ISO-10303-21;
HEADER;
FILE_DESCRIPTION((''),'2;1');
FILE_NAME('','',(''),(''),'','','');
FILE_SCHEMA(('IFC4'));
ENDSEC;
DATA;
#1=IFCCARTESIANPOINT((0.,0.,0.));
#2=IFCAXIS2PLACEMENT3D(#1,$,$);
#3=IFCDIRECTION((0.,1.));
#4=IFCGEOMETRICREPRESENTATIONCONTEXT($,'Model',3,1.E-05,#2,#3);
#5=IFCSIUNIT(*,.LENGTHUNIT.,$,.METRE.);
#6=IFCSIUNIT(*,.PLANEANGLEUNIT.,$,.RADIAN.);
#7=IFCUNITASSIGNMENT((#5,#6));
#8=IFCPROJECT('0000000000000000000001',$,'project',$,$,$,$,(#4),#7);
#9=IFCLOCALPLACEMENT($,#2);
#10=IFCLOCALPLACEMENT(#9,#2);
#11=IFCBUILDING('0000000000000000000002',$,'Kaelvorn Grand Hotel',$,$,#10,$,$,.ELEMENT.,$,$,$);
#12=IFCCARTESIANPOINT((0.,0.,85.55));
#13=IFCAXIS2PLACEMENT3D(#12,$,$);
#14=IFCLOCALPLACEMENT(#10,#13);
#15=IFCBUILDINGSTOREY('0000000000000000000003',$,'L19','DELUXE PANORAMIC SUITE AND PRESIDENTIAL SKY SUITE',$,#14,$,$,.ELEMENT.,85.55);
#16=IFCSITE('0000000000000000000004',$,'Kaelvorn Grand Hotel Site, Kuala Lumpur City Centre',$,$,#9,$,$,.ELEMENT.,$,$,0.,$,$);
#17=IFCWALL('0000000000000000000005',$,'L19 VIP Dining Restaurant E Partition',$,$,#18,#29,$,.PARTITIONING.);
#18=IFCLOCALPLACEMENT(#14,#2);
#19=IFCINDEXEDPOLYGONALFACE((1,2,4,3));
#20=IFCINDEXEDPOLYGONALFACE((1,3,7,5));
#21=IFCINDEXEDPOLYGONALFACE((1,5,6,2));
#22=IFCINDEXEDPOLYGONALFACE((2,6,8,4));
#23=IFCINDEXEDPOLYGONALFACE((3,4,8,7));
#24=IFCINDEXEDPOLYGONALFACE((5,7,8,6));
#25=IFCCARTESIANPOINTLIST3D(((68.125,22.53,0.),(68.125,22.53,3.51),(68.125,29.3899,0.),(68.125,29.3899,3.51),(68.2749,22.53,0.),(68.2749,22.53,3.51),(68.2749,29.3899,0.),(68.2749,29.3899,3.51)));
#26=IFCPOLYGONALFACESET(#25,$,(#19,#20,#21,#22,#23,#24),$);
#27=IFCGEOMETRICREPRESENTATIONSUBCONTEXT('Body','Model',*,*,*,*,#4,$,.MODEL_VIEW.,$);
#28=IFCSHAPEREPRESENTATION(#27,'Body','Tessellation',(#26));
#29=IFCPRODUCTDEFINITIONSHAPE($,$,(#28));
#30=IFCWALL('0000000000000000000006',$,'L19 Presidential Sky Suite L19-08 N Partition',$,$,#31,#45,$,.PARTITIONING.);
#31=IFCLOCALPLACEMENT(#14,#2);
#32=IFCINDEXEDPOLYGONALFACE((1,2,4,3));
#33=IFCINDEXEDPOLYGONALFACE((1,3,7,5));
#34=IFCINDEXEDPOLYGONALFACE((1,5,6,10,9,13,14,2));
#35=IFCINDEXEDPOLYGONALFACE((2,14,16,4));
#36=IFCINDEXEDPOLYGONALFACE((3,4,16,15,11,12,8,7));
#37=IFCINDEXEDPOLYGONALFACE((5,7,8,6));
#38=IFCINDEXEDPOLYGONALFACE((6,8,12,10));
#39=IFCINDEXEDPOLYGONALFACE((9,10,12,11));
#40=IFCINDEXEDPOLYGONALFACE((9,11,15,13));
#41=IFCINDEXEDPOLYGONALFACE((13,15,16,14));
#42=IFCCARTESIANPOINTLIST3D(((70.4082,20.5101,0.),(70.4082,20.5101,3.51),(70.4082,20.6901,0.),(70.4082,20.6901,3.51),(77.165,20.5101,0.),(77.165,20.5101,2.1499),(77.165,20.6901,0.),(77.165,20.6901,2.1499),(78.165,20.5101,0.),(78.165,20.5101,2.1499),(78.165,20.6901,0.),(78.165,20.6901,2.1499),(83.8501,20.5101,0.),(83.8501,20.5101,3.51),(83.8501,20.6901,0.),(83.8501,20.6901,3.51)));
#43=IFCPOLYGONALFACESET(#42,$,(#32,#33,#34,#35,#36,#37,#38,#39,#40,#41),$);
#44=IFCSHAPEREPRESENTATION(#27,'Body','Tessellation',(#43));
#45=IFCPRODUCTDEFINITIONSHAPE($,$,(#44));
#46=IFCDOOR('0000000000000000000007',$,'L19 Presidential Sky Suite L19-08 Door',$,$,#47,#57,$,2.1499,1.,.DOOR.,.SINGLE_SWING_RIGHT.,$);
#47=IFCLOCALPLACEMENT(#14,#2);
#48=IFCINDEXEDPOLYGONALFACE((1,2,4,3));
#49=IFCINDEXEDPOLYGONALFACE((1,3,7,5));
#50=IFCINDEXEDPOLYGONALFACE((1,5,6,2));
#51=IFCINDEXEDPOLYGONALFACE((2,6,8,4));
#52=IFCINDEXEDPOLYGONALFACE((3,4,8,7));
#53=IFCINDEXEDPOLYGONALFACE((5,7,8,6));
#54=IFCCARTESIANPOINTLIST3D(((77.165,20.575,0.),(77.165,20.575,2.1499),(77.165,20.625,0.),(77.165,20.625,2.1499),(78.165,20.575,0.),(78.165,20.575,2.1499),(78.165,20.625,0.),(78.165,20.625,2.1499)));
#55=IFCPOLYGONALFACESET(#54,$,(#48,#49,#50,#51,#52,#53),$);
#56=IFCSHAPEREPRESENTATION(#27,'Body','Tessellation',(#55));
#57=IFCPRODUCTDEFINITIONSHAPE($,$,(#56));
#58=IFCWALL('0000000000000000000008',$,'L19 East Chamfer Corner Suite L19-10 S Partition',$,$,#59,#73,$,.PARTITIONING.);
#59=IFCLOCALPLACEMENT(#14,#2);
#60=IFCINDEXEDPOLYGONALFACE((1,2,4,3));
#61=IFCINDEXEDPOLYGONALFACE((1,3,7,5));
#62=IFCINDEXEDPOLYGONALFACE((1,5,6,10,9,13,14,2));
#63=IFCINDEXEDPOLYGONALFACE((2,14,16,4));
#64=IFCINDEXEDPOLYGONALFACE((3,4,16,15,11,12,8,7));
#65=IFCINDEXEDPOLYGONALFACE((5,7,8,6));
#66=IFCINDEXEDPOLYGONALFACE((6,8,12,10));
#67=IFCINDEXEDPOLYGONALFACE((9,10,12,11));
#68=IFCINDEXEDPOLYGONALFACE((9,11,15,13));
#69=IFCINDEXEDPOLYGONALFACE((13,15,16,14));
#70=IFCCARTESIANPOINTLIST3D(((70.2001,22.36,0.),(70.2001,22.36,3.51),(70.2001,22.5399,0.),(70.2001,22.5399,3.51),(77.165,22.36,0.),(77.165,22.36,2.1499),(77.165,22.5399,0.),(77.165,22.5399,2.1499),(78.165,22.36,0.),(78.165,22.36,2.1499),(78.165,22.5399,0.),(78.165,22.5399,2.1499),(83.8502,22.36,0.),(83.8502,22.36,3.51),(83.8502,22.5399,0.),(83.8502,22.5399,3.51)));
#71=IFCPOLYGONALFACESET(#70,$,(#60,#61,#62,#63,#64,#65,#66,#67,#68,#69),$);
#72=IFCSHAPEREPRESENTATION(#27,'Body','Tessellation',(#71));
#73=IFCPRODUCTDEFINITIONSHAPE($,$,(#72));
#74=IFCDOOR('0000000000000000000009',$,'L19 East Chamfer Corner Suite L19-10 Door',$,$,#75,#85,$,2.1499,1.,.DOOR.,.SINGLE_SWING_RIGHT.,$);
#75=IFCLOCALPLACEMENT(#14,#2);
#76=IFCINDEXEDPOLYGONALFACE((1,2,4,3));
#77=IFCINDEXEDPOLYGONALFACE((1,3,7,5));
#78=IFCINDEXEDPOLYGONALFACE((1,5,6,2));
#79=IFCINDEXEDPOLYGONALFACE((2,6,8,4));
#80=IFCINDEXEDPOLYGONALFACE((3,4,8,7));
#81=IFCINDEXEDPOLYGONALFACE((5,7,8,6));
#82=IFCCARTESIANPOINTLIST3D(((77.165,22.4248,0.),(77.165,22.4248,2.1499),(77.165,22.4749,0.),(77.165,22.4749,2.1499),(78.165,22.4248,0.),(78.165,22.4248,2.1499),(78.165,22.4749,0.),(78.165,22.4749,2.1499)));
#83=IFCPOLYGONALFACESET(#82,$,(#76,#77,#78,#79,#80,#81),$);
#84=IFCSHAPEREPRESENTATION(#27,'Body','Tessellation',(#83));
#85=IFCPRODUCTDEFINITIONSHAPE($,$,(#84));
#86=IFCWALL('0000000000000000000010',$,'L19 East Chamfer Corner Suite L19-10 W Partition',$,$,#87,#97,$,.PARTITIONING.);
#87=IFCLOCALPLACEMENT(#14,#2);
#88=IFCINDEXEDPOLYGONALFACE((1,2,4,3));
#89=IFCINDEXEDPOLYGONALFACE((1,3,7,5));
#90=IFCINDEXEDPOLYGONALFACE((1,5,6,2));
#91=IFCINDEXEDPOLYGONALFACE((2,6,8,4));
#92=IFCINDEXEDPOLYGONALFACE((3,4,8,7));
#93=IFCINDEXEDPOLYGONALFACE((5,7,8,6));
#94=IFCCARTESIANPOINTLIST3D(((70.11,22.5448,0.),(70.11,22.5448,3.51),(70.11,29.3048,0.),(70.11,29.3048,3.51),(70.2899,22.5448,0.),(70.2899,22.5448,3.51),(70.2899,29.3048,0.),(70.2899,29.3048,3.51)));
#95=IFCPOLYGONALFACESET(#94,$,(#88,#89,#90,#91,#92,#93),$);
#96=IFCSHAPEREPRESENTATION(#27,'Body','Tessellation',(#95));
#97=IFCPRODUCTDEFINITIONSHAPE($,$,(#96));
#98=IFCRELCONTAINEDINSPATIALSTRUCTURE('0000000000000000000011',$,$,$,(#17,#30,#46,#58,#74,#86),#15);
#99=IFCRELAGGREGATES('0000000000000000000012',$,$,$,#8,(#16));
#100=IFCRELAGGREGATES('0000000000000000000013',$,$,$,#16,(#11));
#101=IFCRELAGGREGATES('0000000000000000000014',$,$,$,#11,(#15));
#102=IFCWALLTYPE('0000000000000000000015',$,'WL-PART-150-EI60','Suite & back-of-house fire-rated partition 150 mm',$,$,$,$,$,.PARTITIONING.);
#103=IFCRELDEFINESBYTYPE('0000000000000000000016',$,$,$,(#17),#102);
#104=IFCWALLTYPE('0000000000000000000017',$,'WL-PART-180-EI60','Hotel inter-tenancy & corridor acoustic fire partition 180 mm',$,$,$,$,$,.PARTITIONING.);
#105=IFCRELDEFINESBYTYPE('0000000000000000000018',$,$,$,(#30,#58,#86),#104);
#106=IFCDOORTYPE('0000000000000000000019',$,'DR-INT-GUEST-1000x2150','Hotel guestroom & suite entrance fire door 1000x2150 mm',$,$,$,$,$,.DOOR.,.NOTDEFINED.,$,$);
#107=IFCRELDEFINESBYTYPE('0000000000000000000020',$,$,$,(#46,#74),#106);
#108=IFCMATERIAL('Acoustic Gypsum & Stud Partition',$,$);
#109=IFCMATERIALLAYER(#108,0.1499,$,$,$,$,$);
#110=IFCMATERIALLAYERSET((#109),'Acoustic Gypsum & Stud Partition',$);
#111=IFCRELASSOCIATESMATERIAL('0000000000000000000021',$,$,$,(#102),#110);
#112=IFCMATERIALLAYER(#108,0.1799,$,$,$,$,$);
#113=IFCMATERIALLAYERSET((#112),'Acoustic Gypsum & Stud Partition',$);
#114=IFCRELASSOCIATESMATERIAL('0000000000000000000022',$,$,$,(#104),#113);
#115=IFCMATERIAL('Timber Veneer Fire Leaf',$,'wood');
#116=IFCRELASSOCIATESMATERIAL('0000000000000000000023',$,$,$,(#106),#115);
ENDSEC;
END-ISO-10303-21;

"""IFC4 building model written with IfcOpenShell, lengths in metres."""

from ifc_helpers import new_model, si_unit, direction, frame, frame_2d, origin, place, context, subcontext, project, spatial, rectangle, extrude, material, layer, layer_set, type_object, element, fill, save


model = new_model("IFC4")

# Units and contexts
model_context = context("Model", 3, precision=1e-05, world=origin(), true_north=direction((0.0, 1.0)))
body_context = subcontext(model_context, "Body", "Model", "MODEL_VIEW")
ifc_project = project(units=[si_unit("LENGTHUNIT", "METRE"), si_unit("PLANEANGLEUNIT", "RADIAN")], contexts=[model_context])

# Site, building, storey
site_placement = place(None, origin())
site = spatial("IfcSite", under=ifc_project, at=site_placement, Name="Kaelvorn Grand Hotel Site, Kuala Lumpur City Centre", CompositionType="ELEMENT", RefElevation=0.0)
building_placement = place(site_placement, origin())
building = spatial("IfcBuilding", under=site, at=building_placement, Name="Kaelvorn Grand Hotel", CompositionType="ELEMENT")
storey_placement = place(building_placement, frame((0.0, 0.0, 85.55)))
storey = spatial("IfcBuildingStorey", under=building, at=storey_placement, Name="L19", Description="DELUXE PANORAMIC SUITE AND PRESIDENTIAL SKY SUITE", CompositionType="ELEMENT", Elevation=85.55)

# Wall
ifc_material_1 = material(Name="Acoustic Gypsum & Stud Partition")
ifc_layer_1 = layer(ifc_material_1, 0.1499)
ifc_layer_set_1 = layer_set([ifc_layer_1], Name="Acoustic Gypsum & Stud Partition")
wall_type_1 = type_object("IfcWallType", Name="WL-PART-150-EI60", Description="Suite & back-of-house fire-rated partition 150 mm", PredefinedType="PARTITIONING", material=ifc_layer_set_1)
wall_1_placement = place(storey_placement, frame((68.2, 22.53, 0.0), z_axis=(0.0, 0.0, 1.0), x_axis=(0.0, 1.0, 0.0)))
element("IfcWall", 1, at=wall_1_placement, inside=storey, type_object=wall_type_1, Name="L19 VIP Dining Restaurant E Partition", PredefinedType="PARTITIONING", context=body_context, shape_type="SweptSolid", body=[
    extrude(rectangle(XDim=6.8599, YDim=0.1499, at=frame_2d((3.4299, 0.0))), origin(), (0.0, 0.0, 1.0), 3.51),
])

# Walls, openings, doors
ifc_layer_2 = layer(ifc_material_1, 0.1799)
ifc_layer_set_2 = layer_set([ifc_layer_2], Name="Acoustic Gypsum & Stud Partition")
wall_type_2 = type_object("IfcWallType", Name="WL-PART-180-EI60", Description="Hotel inter-tenancy & corridor acoustic fire partition 180 mm", PredefinedType="PARTITIONING", material=ifc_layer_set_2)
wall_2_placement = place(storey_placement, frame((70.4082, 20.6001, 0.0), z_axis=(0.0, 0.0, 1.0), x_axis=(1.0, 0.0, 0.0)))
wall_2 = element("IfcWall", 2, at=wall_2_placement, inside=storey, type_object=wall_type_2, Name="L19 Presidential Sky Suite L19-08 N Partition", PredefinedType="PARTITIONING", context=body_context, shape_type="SweptSolid", body=[
    extrude(rectangle(XDim=13.4419, YDim=0.1799, at=frame_2d((6.7209, 0.0))), origin(), (0.0, 0.0, 1.0), 3.51),
])
opening_1_placement = place(wall_2_placement, frame((6.7568, 0.0, 0.0)))
opening_1 = element("IfcOpeningElement", 3, at=opening_1_placement, cuts=wall_2, PredefinedType="OPENING", context=body_context, shape_type="SweptSolid", body=[
    extrude(rectangle(XDim=1.0, YDim=2.1499, at=frame_2d((0.5, 1.075))), frame((0.0, 0.1001, 0.0), z_axis=(0.0, -1.0, 0.0), x_axis=(1.0, 0.0, 0.0)), (0.0, 0.0, 1.0), 0.2),
])
ifc_material_2 = material(Name="Timber Veneer Fire Leaf", Category="wood")
door_type_1 = type_object("IfcDoorType", Name="DR-INT-GUEST-1000x2150", Description="Hotel guestroom & suite entrance fire door 1000x2150 mm", OperationType="NOTDEFINED", PredefinedType="DOOR", material=ifc_material_2)
door_1_placement = place(opening_1_placement, origin())
door_1 = element("IfcDoor", 4, at=door_1_placement, inside=storey, type_object=door_type_1, Name="L19 Presidential Sky Suite L19-08 Door", OperationType="SINGLE_SWING_RIGHT", OverallHeight=2.1499, OverallWidth=1.0, PredefinedType="DOOR", context=body_context, shape_type="SweptSolid", body=[
    extrude(rectangle(XDim=1.0, YDim=2.1499, at=frame_2d((0.5, 1.075))), frame((0.0, 0.0249, 0.0), z_axis=(0.0, -1.0, 0.0), x_axis=(1.0, 0.0, 0.0)), (0.0, 0.0, 1.0), 0.05),
])
fill(opening_1, door_1)
wall_3_placement = place(storey_placement, frame((70.2, 22.45, 0.0), z_axis=(0.0, 0.0, 1.0), x_axis=(1.0, 0.0, 0.0)))
wall_3 = element("IfcWall", 5, at=wall_3_placement, inside=storey, type_object=wall_type_2, Name="L19 East Chamfer Corner Suite L19-10 S Partition", PredefinedType="PARTITIONING", context=body_context, shape_type="SweptSolid", body=[
    extrude(rectangle(XDim=13.6501, YDim=0.1799, at=frame_2d((6.8252, 0.0))), origin(), (0.0, 0.0, 1.0), 3.51),
])
opening_2_placement = place(wall_3_placement, frame((6.9651, 0.0, 0.0)))
opening_2 = element("IfcOpeningElement", 6, at=opening_2_placement, cuts=wall_3, PredefinedType="OPENING", context=body_context, shape_type="SweptSolid", body=[
    extrude(rectangle(XDim=1.0, YDim=2.1499, at=frame_2d((0.5, 1.075))), frame((0.0, 0.1001, 0.0), z_axis=(0.0, -1.0, 0.0), x_axis=(1.0, 0.0, 0.0)), (0.0, 0.0, 1.0), 0.2),
])
door_2_placement = place(opening_2_placement, origin())
door_2 = element("IfcDoor", 7, at=door_2_placement, inside=storey, type_object=door_type_1, Name="L19 East Chamfer Corner Suite L19-10 Door", OperationType="SINGLE_SWING_RIGHT", OverallHeight=2.1499, OverallWidth=1.0, PredefinedType="DOOR", context=body_context, shape_type="SweptSolid", body=[
    extrude(rectangle(XDim=1.0, YDim=2.1499, at=frame_2d((0.5, 1.075))), frame((0.0, 0.0249, 0.0), z_axis=(0.0, -1.0, 0.0), x_axis=(1.0, 0.0, 0.0)), (0.0, 0.0, 1.0), 0.05),
])
fill(opening_2, door_2)

# Wall
wall_4_placement = place(storey_placement, frame((70.2, 22.5449, 0.0), z_axis=(0.0, 0.0, 1.0), x_axis=(0.0, 1.0, 0.0)))
element("IfcWall", 8, at=wall_4_placement, inside=storey, type_object=wall_type_2, Name="L19 East Chamfer Corner Suite L19-10 W Partition", PredefinedType="PARTITIONING", context=body_context, shape_type="SweptSolid", body=[
    extrude(rectangle(XDim=6.76, YDim=0.1799, at=frame_2d((3.3799, 0.0))), origin(), (0.0, 0.0, 1.0), 3.51),
])

save(model, "model.ifc")
